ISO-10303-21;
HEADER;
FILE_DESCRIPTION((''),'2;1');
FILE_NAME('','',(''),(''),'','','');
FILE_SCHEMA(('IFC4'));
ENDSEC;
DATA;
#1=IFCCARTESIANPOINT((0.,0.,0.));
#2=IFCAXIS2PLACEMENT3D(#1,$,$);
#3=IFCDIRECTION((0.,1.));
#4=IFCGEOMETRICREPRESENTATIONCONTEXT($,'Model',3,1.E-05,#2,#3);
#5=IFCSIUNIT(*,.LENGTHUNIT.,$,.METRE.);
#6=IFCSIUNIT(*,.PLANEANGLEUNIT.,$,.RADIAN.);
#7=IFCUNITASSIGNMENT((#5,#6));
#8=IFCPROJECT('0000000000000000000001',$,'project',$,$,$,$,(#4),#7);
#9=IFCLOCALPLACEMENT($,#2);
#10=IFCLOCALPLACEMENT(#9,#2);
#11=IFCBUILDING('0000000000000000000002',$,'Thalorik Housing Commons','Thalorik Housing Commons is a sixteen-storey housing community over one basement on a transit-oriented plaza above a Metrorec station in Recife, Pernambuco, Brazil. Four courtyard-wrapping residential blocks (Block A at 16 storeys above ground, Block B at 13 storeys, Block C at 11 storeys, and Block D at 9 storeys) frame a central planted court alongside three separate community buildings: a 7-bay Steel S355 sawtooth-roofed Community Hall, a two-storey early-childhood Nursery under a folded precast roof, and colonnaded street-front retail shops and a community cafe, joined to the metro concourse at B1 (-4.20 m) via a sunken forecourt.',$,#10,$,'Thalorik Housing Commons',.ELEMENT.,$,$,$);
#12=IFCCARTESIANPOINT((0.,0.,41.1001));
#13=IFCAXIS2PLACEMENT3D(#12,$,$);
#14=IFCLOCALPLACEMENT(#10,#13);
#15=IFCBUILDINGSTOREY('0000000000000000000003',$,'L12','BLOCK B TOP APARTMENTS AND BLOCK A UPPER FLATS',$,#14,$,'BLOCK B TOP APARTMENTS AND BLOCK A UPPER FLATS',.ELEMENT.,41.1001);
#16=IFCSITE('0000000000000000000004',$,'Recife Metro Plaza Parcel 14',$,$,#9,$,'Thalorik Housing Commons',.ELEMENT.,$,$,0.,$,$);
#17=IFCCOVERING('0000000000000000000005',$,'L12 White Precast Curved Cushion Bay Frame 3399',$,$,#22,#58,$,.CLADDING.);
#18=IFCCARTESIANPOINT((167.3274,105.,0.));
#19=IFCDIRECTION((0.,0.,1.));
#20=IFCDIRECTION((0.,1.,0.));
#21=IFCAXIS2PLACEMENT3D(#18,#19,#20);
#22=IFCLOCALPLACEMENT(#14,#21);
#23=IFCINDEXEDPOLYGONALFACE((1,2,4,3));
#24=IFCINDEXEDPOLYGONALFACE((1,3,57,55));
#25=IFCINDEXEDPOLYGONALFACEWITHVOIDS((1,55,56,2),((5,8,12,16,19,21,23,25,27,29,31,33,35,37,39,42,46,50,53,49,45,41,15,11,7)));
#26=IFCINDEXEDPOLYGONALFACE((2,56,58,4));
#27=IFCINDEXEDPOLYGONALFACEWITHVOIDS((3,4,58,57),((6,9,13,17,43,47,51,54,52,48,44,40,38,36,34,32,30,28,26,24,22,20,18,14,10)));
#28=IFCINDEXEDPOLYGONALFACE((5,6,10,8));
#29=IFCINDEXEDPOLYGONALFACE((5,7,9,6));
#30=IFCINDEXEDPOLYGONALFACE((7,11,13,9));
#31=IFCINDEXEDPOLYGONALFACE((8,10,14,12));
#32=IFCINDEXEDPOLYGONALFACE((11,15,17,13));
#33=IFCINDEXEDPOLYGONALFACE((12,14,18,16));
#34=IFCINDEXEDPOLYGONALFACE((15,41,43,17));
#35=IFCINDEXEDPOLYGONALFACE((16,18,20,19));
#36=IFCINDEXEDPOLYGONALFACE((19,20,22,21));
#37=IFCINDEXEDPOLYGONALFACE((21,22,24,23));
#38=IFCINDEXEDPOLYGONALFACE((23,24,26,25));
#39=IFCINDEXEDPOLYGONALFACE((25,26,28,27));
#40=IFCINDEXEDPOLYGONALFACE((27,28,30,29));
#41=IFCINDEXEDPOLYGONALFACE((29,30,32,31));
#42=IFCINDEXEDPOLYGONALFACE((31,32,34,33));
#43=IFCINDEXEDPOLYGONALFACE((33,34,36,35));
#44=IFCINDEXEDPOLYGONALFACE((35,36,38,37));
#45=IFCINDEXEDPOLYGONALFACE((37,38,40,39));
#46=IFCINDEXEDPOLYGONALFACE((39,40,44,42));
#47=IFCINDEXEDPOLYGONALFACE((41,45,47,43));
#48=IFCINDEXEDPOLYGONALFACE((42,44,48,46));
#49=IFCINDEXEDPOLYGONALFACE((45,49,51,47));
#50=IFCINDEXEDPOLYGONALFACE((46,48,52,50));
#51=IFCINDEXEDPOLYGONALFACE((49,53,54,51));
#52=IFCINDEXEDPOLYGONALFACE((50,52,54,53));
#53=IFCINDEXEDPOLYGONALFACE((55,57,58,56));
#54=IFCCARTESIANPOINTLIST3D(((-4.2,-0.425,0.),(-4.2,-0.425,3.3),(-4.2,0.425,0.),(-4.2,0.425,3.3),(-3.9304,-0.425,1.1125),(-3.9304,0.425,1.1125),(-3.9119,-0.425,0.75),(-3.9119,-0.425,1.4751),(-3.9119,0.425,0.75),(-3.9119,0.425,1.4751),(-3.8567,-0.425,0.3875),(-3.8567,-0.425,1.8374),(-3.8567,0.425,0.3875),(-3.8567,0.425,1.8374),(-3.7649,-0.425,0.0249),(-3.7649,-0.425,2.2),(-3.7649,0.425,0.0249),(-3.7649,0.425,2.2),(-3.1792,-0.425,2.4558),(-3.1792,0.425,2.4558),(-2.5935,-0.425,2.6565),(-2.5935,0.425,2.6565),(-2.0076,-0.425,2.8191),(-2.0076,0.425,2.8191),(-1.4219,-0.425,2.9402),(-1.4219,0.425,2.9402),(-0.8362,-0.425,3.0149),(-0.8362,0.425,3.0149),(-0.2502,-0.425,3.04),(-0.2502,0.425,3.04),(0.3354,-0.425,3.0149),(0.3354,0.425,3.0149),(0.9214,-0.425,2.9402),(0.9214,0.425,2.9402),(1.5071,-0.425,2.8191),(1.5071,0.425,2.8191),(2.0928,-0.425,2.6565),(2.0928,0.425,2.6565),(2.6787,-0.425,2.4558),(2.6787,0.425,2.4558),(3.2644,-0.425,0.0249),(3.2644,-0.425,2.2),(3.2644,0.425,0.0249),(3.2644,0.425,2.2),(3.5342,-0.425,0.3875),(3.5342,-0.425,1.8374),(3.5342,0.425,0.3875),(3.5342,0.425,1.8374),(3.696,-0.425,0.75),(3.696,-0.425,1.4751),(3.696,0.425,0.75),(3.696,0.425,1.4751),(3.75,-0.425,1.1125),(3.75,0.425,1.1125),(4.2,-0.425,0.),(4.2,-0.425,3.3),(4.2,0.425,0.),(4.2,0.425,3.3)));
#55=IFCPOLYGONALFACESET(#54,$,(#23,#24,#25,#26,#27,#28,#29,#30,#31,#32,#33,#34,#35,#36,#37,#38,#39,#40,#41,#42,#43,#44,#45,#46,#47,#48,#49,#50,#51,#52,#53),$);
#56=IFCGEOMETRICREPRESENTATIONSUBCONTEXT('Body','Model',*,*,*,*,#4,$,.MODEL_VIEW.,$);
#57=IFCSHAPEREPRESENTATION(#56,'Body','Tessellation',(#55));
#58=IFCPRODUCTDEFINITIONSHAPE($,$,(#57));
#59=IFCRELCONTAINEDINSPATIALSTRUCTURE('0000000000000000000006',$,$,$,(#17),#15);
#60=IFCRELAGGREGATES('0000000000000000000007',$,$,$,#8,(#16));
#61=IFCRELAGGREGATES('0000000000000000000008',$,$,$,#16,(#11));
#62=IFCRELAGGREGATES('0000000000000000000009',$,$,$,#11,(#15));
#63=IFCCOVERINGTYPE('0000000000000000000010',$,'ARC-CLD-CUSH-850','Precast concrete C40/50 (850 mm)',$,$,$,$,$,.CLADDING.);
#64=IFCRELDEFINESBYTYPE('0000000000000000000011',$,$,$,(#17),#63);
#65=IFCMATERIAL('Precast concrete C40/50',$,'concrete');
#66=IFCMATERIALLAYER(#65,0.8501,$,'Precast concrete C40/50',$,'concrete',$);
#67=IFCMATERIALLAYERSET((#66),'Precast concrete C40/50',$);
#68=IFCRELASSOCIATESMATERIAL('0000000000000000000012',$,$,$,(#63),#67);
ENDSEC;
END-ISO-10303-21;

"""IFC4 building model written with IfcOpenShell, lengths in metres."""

from ifc_helpers import new_model, si_unit, direction, frame, origin, place, context, subcontext, project, spatial, polyline, outline, extrude, material, layer, layer_set, type_object, element, save


model = new_model("IFC4")

# Units and contexts
model_context = context("Model", 3, precision=1e-05, world=origin(), true_north=direction((0.0, 1.0)))
body_context = subcontext(model_context, "Body", "Model", "MODEL_VIEW")
ifc_project = project(units=[si_unit("LENGTHUNIT", "METRE"), si_unit("PLANEANGLEUNIT", "RADIAN")], contexts=[model_context])

# Site, building, storey
site_placement = place(None, origin())
site = spatial("IfcSite", under=ifc_project, at=site_placement, Name="Recife Metro Plaza Parcel 14", LongName="Thalorik Housing Commons", CompositionType="ELEMENT", RefElevation=0.0)
building_placement = place(site_placement, origin())
building = spatial("IfcBuilding", under=site, at=building_placement, Name="Thalorik Housing Commons", Description="Thalorik Housing Commons is a sixteen-storey housing community over one basement on a transit-oriented plaza above a Metrorec station in Recife, Pernambuco, Brazil. Four courtyard-wrapping residential blocks (Block A at 16 storeys above ground, Block B at 13 storeys, Block C at 11 storeys, and Block D at 9 storeys) frame a central planted court alongside three separate community buildings: a 7-bay Steel S355 sawtooth-roofed Community Hall, a two-storey early-childhood Nursery under a folded precast roof, and colonnaded street-front retail shops and a community cafe, joined to the metro concourse at B1 (-4.20 m) via a sunken forecourt.", LongName="Thalorik Housing Commons", CompositionType="ELEMENT")
storey_placement = place(building_placement, frame((0.0, 0.0, 41.1001)))
storey = spatial("IfcBuildingStorey", under=building, at=storey_placement, Name="L12", Description="BLOCK B TOP APARTMENTS AND BLOCK A UPPER FLATS", LongName="BLOCK B TOP APARTMENTS AND BLOCK A UPPER FLATS", CompositionType="ELEMENT", Elevation=41.1001)

# Shared definitions
ifc_material_1 = material(Name="Precast concrete C40/50", Category="concrete")

# Covering
ifc_layer_1 = layer(ifc_material_1, 0.8501, Name="Precast concrete C40/50", Category="concrete")
ifc_layer_set_1 = layer_set([ifc_layer_1], Name="Precast concrete C40/50")
covering_type_1 = type_object("IfcCoveringType", Name="ARC-CLD-CUSH-850", Description="Precast concrete C40/50 (850 mm)", PredefinedType="CLADDING", material=ifc_layer_set_1)
covering_1_placement = place(storey_placement, frame((167.3274, 105.0, 0.0), z_axis=(0.0, 0.0, 1.0), x_axis=(0.0, 1.0, 0.0)))
element("IfcCovering", 1, at=covering_1_placement, inside=storey, type_object=covering_type_1, Name="L12 White Precast Curved Cushion Bay Frame 3399", PredefinedType="CLADDING", context=body_context, shape_type="SweptSolid", body=[
    extrude(outline(polyline([(-4.2, 0.0), (4.2, 0.0), (4.2, 3.3), (-4.2, 3.3), (-4.2, 0.0)]), holes=[polyline([(3.2644, 0.0249), (3.5342, 0.3875), (3.696, 0.75), (3.75, 1.1125), (3.696, 1.4751), (3.5342, 1.8374), (3.2644, 2.2), (2.6787, 2.4558), (2.0928, 2.6565), (1.5071, 2.8191), (0.9214, 2.9402), (0.3354, 3.0149), (-0.2502, 3.04), (-0.8362, 3.0149), (-1.4219, 2.9402), (-2.0076, 2.8191), (-2.5935, 2.6565), (-3.1792, 2.4558), (-3.7649, 2.2), (-3.8567, 1.8374), (-3.9119, 1.4751), (-3.9304, 1.1125), (-3.9119, 0.75), (-3.8567, 0.3875), (-3.7649, 0.0249), (3.2644, 0.0249)])]), frame((0.0, 0.425, 0.0), z_axis=(0.0, -1.0, 0.0), x_axis=(1.0, 0.0, 0.0)), (0.0, 0.0, 1.0), 0.8501),
])

save(model, "model.ifc")
